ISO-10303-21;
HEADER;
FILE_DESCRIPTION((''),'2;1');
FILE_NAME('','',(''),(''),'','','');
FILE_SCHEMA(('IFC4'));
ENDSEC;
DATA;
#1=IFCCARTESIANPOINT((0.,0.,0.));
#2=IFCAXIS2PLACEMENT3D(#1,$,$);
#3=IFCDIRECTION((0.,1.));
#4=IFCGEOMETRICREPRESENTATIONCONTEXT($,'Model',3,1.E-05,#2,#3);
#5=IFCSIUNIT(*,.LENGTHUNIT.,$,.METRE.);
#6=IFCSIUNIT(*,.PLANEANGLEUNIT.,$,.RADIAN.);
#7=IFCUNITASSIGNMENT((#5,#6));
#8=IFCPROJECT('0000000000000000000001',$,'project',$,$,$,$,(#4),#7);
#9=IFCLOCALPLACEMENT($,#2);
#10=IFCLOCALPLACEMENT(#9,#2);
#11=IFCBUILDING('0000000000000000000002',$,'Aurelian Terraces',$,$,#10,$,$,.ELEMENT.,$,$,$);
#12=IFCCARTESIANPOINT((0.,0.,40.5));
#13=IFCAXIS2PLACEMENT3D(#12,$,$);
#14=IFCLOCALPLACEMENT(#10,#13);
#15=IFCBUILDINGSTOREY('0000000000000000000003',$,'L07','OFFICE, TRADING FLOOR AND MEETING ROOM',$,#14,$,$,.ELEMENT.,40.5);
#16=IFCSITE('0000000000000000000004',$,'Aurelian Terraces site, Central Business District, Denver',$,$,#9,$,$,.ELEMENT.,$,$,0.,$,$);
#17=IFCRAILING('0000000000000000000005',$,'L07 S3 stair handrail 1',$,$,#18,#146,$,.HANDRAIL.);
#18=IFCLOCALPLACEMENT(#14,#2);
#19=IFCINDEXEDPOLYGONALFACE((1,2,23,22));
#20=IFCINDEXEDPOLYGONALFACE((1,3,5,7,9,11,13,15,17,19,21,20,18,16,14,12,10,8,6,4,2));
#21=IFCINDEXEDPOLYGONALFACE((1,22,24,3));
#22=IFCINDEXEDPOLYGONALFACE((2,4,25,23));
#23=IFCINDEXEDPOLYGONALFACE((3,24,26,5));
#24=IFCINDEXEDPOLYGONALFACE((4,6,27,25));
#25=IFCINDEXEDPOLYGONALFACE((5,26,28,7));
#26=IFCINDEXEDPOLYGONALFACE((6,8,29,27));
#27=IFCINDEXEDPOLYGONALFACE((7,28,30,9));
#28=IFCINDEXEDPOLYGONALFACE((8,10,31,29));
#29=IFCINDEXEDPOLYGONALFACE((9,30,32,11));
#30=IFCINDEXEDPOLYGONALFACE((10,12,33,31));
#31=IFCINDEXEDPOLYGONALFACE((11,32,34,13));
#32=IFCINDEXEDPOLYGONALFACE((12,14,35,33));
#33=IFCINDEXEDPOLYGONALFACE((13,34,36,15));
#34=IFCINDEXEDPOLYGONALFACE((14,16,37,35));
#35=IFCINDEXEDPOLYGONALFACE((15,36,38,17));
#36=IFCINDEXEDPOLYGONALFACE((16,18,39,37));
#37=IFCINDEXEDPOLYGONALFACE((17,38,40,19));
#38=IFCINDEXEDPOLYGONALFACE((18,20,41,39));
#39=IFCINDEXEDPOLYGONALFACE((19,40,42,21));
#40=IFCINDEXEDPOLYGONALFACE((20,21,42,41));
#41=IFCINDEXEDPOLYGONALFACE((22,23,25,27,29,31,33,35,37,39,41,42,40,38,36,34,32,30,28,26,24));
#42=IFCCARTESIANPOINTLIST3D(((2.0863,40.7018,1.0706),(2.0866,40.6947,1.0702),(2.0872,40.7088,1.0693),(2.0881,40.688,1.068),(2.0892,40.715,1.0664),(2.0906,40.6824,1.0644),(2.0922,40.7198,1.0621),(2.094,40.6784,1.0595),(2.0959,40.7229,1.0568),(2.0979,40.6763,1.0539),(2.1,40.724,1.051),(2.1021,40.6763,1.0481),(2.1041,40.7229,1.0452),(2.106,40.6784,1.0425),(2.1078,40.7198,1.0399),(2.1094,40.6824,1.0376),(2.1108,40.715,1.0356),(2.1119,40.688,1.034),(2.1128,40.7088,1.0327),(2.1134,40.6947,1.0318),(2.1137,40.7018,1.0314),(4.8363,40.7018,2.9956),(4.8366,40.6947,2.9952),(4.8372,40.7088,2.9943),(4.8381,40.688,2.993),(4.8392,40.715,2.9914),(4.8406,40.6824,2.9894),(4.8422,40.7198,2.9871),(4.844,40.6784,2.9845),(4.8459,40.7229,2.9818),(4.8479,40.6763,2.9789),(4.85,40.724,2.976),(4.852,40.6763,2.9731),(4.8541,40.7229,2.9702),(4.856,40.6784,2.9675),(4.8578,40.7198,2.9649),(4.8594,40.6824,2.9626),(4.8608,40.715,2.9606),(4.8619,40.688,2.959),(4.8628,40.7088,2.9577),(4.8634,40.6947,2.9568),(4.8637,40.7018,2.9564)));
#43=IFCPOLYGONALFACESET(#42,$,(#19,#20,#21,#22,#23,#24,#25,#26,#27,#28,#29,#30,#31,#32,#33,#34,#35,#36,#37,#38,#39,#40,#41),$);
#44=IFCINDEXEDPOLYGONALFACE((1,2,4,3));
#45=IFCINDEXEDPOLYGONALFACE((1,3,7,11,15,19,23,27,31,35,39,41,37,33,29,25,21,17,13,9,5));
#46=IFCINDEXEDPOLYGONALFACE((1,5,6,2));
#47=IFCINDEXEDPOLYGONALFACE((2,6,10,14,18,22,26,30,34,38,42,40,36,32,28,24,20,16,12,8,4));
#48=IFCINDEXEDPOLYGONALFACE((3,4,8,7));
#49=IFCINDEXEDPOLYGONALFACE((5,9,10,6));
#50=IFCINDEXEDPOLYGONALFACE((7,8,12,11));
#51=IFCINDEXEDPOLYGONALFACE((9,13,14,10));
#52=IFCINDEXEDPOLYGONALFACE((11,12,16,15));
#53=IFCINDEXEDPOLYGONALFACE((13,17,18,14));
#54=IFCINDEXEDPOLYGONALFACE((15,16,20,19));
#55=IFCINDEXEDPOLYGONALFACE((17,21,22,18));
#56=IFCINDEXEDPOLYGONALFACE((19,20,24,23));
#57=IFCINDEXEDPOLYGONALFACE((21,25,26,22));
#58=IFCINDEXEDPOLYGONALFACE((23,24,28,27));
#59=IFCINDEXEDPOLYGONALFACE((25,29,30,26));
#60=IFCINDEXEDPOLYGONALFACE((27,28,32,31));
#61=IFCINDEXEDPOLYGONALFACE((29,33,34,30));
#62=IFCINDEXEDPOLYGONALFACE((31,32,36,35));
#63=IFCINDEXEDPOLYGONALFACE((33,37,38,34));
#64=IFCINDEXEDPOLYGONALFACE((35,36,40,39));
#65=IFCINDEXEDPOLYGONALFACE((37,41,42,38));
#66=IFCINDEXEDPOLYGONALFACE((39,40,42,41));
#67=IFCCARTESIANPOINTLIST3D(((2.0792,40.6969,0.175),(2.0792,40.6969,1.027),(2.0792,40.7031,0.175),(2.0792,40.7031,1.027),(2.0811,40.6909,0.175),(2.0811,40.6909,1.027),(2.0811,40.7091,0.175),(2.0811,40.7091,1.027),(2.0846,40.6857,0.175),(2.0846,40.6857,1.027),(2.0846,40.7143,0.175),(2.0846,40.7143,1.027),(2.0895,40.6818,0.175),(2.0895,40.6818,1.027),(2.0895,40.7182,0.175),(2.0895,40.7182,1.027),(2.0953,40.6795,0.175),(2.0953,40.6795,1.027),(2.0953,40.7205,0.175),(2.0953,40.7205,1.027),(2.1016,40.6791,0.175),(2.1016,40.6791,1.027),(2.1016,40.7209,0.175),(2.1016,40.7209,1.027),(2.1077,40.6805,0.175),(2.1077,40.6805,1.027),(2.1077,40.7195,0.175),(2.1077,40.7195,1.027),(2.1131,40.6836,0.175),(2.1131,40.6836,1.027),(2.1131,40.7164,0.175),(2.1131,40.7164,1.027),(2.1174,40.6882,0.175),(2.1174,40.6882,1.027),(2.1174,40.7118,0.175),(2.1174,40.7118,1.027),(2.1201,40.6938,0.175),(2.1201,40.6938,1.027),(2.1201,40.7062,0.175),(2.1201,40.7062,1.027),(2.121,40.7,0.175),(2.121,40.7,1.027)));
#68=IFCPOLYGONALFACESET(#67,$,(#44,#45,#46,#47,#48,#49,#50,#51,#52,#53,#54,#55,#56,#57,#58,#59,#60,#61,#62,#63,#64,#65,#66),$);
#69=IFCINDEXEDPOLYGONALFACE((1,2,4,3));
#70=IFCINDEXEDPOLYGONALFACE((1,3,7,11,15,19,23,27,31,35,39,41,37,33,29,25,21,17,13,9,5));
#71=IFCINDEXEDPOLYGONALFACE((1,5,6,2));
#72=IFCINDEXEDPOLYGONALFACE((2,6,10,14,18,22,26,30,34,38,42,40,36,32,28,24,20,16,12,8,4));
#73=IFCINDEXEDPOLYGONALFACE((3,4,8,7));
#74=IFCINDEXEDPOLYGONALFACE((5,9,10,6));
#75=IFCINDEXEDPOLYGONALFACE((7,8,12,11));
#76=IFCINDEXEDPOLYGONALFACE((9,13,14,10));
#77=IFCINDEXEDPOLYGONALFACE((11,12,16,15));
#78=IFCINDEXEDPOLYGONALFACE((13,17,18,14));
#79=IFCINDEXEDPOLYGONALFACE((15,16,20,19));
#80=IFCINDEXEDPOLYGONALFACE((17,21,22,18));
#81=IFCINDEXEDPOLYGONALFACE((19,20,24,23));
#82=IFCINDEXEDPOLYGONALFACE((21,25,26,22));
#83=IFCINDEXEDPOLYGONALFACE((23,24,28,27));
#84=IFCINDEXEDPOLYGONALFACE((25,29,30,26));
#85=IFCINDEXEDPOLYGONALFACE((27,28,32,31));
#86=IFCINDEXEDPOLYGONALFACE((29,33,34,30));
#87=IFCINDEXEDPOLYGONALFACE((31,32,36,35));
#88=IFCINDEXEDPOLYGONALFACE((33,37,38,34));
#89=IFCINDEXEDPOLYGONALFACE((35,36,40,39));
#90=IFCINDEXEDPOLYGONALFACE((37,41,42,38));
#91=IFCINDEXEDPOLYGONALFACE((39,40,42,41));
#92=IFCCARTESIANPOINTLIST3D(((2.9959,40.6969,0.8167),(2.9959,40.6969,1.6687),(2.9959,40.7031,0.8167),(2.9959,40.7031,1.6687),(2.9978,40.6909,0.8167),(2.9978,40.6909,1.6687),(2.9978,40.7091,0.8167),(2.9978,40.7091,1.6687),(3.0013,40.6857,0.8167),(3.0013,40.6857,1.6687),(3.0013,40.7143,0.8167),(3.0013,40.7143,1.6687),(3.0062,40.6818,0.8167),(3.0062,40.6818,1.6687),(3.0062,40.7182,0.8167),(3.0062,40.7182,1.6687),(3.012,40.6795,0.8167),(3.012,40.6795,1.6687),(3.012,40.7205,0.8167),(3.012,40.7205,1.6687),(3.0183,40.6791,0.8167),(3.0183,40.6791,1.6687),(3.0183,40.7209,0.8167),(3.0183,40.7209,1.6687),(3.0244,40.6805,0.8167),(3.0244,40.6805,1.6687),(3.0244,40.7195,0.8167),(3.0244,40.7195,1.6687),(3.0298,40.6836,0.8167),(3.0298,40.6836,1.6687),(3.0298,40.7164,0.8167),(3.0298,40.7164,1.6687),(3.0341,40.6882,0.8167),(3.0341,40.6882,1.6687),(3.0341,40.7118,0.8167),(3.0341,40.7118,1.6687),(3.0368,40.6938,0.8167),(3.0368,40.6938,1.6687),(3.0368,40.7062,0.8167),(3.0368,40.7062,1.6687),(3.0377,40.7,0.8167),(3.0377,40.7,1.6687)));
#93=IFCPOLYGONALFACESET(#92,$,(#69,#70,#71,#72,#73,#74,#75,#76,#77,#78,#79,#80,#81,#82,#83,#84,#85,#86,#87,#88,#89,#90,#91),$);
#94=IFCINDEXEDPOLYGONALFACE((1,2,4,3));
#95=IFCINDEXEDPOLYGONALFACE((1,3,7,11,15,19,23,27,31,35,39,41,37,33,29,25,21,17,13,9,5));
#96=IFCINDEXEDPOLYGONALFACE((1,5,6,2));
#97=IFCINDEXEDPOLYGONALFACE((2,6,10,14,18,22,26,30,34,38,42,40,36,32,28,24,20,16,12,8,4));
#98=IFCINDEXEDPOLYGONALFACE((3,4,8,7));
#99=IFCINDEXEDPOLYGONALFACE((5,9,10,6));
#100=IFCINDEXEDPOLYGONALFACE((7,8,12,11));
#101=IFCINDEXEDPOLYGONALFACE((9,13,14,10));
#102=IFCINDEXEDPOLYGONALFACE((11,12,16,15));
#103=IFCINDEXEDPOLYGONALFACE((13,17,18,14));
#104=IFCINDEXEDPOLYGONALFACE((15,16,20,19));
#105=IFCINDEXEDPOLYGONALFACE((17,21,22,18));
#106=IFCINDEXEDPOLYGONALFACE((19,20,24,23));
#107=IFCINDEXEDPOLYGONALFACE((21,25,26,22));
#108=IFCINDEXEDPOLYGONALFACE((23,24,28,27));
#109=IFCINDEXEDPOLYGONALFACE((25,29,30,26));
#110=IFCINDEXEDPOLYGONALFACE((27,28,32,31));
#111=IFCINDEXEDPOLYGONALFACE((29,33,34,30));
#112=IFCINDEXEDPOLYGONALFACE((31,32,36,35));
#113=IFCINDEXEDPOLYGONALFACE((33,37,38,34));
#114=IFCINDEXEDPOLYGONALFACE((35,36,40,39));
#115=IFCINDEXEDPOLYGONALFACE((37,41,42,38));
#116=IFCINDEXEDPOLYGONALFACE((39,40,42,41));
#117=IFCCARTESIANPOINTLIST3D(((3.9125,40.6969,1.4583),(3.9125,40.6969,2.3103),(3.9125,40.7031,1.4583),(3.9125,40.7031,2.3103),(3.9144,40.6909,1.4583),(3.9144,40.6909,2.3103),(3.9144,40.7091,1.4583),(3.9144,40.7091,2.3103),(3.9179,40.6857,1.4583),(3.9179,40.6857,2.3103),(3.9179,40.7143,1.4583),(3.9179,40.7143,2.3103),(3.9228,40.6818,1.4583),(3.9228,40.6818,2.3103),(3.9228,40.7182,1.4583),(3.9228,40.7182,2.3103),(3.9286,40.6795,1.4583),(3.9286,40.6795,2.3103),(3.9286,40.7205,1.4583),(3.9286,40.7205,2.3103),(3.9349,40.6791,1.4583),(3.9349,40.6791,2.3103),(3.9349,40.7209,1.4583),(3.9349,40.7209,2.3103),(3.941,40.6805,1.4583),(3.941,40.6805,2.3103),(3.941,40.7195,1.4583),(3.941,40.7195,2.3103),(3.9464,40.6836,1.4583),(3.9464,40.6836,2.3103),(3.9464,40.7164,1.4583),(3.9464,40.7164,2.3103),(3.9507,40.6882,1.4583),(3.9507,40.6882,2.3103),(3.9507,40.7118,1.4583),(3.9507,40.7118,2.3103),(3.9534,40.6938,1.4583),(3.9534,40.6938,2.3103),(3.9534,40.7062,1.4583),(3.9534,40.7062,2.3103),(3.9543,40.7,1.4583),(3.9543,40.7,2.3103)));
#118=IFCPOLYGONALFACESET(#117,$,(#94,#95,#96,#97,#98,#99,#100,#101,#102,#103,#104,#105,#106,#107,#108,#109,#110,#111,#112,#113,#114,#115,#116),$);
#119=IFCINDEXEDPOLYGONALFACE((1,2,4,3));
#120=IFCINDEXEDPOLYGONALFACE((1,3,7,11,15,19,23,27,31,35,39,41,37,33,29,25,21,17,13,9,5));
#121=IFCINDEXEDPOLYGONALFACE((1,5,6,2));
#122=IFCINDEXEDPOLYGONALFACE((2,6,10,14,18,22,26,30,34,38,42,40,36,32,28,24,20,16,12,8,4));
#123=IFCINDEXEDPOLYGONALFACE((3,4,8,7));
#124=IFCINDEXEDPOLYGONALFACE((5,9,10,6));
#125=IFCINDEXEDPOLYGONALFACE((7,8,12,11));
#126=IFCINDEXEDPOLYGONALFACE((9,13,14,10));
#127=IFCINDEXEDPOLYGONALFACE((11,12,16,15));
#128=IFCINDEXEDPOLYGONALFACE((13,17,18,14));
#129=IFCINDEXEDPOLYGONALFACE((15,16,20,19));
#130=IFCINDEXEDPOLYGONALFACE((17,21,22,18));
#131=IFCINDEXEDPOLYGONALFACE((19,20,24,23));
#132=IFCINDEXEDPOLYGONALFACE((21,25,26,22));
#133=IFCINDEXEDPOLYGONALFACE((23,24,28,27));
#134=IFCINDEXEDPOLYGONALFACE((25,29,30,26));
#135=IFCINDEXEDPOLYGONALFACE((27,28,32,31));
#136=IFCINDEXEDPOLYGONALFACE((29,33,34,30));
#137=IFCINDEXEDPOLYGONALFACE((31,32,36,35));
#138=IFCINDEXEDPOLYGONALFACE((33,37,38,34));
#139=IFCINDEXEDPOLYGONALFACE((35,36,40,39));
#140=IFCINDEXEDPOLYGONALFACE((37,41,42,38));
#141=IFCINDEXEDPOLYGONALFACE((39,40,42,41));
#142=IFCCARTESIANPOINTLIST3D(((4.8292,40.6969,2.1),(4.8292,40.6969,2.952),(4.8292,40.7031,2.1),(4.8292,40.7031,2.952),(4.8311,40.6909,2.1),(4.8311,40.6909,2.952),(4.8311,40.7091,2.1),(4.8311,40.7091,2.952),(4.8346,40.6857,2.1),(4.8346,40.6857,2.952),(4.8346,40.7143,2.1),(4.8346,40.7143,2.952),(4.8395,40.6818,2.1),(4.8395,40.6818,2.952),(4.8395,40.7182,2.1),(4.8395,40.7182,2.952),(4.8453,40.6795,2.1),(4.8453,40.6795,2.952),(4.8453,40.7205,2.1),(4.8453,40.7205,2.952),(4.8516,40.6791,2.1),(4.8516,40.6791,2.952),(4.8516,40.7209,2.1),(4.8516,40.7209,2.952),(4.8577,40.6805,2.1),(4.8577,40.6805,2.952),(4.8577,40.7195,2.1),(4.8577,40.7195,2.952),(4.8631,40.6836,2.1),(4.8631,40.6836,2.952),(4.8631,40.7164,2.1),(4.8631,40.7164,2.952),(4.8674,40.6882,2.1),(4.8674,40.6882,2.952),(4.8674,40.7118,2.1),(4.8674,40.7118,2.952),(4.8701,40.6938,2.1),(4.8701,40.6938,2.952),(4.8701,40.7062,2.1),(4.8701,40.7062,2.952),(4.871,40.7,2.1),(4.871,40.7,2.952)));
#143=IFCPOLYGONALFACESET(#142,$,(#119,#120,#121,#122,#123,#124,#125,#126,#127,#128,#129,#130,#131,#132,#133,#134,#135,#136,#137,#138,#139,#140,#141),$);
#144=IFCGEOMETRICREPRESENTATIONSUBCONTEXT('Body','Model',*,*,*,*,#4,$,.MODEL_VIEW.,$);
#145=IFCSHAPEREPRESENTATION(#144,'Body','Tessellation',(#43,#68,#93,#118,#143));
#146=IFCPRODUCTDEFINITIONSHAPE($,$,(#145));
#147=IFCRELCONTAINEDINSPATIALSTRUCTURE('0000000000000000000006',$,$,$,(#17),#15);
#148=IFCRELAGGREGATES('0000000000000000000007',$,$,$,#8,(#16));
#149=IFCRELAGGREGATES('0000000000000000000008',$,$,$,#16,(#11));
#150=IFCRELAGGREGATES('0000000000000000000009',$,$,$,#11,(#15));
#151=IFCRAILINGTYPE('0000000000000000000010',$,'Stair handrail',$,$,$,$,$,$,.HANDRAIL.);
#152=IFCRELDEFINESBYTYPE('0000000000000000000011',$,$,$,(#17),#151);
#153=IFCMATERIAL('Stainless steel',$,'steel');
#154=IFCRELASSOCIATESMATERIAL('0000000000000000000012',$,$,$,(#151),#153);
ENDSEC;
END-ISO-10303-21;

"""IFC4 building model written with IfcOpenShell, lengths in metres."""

from ifc_helpers import new_model, si_unit, direction, frame, origin, origin_2d, place, context, subcontext, project, spatial, circle, extrude, material, type_object, element, save


model = new_model("IFC4")

# Units and contexts
model_context = context("Model", 3, precision=1e-05, world=origin(), true_north=direction((0.0, 1.0)))
body_context = subcontext(model_context, "Body", "Model", "MODEL_VIEW")
ifc_project = project(units=[si_unit("LENGTHUNIT", "METRE"), si_unit("PLANEANGLEUNIT", "RADIAN")], contexts=[model_context])

# Site, building, storey
site_placement = place(None, origin())
site = spatial("IfcSite", under=ifc_project, at=site_placement, Name="Aurelian Terraces site, Central Business District, Denver", CompositionType="ELEMENT", RefElevation=0.0)
building_placement = place(site_placement, origin())
building = spatial("IfcBuilding", under=site, at=building_placement, Name="Aurelian Terraces", CompositionType="ELEMENT")
storey_placement = place(building_placement, frame((0.0, 0.0, 40.5)))
storey = spatial("IfcBuildingStorey", under=building, at=storey_placement, Name="L07", Description="OFFICE, TRADING FLOOR AND MEETING ROOM", CompositionType="ELEMENT", Elevation=40.5)

# Railing
ifc_material_1 = material(Name="Stainless steel", Category="steel")
railing_type_1 = type_object("IfcRailingType", Name="Stair handrail", PredefinedType="HANDRAIL", material=ifc_material_1)
railing_1_placement = place(storey_placement, frame((2.1, 40.7, 0.175)))
element("IfcRailing", 1, at=railing_1_placement, inside=storey, type_object=railing_type_1, Name="L07 S3 stair handrail 1", PredefinedType="HANDRAIL", context=body_context, shape_type="SweptSolid", body=[
    extrude(circle(Radius=0.024, at=origin_2d()), frame((0.0, 0.0, 0.876), z_axis=(0.819232, 0.0, 0.573462), x_axis=(0.0, 1.0, 0.0)), (0.0, 0.0, 1.0), 3.3568),
    extrude(circle(Radius=0.021, at=origin_2d()), origin(), (0.0, 0.0, 1.0), 0.852),
    extrude(circle(Radius=0.021, at=origin_2d()), frame((0.9167, 0.0, 0.6417)), (0.0, 0.0, 1.0), 0.852),
    extrude(circle(Radius=0.021, at=origin_2d()), frame((1.8333, 0.0, 1.2833)), (0.0, 0.0, 1.0), 0.852),
    extrude(circle(Radius=0.021, at=origin_2d()), frame((2.75, 0.0, 1.925)), (0.0, 0.0, 1.0), 0.852),
])

save(model, "model.ifc")
